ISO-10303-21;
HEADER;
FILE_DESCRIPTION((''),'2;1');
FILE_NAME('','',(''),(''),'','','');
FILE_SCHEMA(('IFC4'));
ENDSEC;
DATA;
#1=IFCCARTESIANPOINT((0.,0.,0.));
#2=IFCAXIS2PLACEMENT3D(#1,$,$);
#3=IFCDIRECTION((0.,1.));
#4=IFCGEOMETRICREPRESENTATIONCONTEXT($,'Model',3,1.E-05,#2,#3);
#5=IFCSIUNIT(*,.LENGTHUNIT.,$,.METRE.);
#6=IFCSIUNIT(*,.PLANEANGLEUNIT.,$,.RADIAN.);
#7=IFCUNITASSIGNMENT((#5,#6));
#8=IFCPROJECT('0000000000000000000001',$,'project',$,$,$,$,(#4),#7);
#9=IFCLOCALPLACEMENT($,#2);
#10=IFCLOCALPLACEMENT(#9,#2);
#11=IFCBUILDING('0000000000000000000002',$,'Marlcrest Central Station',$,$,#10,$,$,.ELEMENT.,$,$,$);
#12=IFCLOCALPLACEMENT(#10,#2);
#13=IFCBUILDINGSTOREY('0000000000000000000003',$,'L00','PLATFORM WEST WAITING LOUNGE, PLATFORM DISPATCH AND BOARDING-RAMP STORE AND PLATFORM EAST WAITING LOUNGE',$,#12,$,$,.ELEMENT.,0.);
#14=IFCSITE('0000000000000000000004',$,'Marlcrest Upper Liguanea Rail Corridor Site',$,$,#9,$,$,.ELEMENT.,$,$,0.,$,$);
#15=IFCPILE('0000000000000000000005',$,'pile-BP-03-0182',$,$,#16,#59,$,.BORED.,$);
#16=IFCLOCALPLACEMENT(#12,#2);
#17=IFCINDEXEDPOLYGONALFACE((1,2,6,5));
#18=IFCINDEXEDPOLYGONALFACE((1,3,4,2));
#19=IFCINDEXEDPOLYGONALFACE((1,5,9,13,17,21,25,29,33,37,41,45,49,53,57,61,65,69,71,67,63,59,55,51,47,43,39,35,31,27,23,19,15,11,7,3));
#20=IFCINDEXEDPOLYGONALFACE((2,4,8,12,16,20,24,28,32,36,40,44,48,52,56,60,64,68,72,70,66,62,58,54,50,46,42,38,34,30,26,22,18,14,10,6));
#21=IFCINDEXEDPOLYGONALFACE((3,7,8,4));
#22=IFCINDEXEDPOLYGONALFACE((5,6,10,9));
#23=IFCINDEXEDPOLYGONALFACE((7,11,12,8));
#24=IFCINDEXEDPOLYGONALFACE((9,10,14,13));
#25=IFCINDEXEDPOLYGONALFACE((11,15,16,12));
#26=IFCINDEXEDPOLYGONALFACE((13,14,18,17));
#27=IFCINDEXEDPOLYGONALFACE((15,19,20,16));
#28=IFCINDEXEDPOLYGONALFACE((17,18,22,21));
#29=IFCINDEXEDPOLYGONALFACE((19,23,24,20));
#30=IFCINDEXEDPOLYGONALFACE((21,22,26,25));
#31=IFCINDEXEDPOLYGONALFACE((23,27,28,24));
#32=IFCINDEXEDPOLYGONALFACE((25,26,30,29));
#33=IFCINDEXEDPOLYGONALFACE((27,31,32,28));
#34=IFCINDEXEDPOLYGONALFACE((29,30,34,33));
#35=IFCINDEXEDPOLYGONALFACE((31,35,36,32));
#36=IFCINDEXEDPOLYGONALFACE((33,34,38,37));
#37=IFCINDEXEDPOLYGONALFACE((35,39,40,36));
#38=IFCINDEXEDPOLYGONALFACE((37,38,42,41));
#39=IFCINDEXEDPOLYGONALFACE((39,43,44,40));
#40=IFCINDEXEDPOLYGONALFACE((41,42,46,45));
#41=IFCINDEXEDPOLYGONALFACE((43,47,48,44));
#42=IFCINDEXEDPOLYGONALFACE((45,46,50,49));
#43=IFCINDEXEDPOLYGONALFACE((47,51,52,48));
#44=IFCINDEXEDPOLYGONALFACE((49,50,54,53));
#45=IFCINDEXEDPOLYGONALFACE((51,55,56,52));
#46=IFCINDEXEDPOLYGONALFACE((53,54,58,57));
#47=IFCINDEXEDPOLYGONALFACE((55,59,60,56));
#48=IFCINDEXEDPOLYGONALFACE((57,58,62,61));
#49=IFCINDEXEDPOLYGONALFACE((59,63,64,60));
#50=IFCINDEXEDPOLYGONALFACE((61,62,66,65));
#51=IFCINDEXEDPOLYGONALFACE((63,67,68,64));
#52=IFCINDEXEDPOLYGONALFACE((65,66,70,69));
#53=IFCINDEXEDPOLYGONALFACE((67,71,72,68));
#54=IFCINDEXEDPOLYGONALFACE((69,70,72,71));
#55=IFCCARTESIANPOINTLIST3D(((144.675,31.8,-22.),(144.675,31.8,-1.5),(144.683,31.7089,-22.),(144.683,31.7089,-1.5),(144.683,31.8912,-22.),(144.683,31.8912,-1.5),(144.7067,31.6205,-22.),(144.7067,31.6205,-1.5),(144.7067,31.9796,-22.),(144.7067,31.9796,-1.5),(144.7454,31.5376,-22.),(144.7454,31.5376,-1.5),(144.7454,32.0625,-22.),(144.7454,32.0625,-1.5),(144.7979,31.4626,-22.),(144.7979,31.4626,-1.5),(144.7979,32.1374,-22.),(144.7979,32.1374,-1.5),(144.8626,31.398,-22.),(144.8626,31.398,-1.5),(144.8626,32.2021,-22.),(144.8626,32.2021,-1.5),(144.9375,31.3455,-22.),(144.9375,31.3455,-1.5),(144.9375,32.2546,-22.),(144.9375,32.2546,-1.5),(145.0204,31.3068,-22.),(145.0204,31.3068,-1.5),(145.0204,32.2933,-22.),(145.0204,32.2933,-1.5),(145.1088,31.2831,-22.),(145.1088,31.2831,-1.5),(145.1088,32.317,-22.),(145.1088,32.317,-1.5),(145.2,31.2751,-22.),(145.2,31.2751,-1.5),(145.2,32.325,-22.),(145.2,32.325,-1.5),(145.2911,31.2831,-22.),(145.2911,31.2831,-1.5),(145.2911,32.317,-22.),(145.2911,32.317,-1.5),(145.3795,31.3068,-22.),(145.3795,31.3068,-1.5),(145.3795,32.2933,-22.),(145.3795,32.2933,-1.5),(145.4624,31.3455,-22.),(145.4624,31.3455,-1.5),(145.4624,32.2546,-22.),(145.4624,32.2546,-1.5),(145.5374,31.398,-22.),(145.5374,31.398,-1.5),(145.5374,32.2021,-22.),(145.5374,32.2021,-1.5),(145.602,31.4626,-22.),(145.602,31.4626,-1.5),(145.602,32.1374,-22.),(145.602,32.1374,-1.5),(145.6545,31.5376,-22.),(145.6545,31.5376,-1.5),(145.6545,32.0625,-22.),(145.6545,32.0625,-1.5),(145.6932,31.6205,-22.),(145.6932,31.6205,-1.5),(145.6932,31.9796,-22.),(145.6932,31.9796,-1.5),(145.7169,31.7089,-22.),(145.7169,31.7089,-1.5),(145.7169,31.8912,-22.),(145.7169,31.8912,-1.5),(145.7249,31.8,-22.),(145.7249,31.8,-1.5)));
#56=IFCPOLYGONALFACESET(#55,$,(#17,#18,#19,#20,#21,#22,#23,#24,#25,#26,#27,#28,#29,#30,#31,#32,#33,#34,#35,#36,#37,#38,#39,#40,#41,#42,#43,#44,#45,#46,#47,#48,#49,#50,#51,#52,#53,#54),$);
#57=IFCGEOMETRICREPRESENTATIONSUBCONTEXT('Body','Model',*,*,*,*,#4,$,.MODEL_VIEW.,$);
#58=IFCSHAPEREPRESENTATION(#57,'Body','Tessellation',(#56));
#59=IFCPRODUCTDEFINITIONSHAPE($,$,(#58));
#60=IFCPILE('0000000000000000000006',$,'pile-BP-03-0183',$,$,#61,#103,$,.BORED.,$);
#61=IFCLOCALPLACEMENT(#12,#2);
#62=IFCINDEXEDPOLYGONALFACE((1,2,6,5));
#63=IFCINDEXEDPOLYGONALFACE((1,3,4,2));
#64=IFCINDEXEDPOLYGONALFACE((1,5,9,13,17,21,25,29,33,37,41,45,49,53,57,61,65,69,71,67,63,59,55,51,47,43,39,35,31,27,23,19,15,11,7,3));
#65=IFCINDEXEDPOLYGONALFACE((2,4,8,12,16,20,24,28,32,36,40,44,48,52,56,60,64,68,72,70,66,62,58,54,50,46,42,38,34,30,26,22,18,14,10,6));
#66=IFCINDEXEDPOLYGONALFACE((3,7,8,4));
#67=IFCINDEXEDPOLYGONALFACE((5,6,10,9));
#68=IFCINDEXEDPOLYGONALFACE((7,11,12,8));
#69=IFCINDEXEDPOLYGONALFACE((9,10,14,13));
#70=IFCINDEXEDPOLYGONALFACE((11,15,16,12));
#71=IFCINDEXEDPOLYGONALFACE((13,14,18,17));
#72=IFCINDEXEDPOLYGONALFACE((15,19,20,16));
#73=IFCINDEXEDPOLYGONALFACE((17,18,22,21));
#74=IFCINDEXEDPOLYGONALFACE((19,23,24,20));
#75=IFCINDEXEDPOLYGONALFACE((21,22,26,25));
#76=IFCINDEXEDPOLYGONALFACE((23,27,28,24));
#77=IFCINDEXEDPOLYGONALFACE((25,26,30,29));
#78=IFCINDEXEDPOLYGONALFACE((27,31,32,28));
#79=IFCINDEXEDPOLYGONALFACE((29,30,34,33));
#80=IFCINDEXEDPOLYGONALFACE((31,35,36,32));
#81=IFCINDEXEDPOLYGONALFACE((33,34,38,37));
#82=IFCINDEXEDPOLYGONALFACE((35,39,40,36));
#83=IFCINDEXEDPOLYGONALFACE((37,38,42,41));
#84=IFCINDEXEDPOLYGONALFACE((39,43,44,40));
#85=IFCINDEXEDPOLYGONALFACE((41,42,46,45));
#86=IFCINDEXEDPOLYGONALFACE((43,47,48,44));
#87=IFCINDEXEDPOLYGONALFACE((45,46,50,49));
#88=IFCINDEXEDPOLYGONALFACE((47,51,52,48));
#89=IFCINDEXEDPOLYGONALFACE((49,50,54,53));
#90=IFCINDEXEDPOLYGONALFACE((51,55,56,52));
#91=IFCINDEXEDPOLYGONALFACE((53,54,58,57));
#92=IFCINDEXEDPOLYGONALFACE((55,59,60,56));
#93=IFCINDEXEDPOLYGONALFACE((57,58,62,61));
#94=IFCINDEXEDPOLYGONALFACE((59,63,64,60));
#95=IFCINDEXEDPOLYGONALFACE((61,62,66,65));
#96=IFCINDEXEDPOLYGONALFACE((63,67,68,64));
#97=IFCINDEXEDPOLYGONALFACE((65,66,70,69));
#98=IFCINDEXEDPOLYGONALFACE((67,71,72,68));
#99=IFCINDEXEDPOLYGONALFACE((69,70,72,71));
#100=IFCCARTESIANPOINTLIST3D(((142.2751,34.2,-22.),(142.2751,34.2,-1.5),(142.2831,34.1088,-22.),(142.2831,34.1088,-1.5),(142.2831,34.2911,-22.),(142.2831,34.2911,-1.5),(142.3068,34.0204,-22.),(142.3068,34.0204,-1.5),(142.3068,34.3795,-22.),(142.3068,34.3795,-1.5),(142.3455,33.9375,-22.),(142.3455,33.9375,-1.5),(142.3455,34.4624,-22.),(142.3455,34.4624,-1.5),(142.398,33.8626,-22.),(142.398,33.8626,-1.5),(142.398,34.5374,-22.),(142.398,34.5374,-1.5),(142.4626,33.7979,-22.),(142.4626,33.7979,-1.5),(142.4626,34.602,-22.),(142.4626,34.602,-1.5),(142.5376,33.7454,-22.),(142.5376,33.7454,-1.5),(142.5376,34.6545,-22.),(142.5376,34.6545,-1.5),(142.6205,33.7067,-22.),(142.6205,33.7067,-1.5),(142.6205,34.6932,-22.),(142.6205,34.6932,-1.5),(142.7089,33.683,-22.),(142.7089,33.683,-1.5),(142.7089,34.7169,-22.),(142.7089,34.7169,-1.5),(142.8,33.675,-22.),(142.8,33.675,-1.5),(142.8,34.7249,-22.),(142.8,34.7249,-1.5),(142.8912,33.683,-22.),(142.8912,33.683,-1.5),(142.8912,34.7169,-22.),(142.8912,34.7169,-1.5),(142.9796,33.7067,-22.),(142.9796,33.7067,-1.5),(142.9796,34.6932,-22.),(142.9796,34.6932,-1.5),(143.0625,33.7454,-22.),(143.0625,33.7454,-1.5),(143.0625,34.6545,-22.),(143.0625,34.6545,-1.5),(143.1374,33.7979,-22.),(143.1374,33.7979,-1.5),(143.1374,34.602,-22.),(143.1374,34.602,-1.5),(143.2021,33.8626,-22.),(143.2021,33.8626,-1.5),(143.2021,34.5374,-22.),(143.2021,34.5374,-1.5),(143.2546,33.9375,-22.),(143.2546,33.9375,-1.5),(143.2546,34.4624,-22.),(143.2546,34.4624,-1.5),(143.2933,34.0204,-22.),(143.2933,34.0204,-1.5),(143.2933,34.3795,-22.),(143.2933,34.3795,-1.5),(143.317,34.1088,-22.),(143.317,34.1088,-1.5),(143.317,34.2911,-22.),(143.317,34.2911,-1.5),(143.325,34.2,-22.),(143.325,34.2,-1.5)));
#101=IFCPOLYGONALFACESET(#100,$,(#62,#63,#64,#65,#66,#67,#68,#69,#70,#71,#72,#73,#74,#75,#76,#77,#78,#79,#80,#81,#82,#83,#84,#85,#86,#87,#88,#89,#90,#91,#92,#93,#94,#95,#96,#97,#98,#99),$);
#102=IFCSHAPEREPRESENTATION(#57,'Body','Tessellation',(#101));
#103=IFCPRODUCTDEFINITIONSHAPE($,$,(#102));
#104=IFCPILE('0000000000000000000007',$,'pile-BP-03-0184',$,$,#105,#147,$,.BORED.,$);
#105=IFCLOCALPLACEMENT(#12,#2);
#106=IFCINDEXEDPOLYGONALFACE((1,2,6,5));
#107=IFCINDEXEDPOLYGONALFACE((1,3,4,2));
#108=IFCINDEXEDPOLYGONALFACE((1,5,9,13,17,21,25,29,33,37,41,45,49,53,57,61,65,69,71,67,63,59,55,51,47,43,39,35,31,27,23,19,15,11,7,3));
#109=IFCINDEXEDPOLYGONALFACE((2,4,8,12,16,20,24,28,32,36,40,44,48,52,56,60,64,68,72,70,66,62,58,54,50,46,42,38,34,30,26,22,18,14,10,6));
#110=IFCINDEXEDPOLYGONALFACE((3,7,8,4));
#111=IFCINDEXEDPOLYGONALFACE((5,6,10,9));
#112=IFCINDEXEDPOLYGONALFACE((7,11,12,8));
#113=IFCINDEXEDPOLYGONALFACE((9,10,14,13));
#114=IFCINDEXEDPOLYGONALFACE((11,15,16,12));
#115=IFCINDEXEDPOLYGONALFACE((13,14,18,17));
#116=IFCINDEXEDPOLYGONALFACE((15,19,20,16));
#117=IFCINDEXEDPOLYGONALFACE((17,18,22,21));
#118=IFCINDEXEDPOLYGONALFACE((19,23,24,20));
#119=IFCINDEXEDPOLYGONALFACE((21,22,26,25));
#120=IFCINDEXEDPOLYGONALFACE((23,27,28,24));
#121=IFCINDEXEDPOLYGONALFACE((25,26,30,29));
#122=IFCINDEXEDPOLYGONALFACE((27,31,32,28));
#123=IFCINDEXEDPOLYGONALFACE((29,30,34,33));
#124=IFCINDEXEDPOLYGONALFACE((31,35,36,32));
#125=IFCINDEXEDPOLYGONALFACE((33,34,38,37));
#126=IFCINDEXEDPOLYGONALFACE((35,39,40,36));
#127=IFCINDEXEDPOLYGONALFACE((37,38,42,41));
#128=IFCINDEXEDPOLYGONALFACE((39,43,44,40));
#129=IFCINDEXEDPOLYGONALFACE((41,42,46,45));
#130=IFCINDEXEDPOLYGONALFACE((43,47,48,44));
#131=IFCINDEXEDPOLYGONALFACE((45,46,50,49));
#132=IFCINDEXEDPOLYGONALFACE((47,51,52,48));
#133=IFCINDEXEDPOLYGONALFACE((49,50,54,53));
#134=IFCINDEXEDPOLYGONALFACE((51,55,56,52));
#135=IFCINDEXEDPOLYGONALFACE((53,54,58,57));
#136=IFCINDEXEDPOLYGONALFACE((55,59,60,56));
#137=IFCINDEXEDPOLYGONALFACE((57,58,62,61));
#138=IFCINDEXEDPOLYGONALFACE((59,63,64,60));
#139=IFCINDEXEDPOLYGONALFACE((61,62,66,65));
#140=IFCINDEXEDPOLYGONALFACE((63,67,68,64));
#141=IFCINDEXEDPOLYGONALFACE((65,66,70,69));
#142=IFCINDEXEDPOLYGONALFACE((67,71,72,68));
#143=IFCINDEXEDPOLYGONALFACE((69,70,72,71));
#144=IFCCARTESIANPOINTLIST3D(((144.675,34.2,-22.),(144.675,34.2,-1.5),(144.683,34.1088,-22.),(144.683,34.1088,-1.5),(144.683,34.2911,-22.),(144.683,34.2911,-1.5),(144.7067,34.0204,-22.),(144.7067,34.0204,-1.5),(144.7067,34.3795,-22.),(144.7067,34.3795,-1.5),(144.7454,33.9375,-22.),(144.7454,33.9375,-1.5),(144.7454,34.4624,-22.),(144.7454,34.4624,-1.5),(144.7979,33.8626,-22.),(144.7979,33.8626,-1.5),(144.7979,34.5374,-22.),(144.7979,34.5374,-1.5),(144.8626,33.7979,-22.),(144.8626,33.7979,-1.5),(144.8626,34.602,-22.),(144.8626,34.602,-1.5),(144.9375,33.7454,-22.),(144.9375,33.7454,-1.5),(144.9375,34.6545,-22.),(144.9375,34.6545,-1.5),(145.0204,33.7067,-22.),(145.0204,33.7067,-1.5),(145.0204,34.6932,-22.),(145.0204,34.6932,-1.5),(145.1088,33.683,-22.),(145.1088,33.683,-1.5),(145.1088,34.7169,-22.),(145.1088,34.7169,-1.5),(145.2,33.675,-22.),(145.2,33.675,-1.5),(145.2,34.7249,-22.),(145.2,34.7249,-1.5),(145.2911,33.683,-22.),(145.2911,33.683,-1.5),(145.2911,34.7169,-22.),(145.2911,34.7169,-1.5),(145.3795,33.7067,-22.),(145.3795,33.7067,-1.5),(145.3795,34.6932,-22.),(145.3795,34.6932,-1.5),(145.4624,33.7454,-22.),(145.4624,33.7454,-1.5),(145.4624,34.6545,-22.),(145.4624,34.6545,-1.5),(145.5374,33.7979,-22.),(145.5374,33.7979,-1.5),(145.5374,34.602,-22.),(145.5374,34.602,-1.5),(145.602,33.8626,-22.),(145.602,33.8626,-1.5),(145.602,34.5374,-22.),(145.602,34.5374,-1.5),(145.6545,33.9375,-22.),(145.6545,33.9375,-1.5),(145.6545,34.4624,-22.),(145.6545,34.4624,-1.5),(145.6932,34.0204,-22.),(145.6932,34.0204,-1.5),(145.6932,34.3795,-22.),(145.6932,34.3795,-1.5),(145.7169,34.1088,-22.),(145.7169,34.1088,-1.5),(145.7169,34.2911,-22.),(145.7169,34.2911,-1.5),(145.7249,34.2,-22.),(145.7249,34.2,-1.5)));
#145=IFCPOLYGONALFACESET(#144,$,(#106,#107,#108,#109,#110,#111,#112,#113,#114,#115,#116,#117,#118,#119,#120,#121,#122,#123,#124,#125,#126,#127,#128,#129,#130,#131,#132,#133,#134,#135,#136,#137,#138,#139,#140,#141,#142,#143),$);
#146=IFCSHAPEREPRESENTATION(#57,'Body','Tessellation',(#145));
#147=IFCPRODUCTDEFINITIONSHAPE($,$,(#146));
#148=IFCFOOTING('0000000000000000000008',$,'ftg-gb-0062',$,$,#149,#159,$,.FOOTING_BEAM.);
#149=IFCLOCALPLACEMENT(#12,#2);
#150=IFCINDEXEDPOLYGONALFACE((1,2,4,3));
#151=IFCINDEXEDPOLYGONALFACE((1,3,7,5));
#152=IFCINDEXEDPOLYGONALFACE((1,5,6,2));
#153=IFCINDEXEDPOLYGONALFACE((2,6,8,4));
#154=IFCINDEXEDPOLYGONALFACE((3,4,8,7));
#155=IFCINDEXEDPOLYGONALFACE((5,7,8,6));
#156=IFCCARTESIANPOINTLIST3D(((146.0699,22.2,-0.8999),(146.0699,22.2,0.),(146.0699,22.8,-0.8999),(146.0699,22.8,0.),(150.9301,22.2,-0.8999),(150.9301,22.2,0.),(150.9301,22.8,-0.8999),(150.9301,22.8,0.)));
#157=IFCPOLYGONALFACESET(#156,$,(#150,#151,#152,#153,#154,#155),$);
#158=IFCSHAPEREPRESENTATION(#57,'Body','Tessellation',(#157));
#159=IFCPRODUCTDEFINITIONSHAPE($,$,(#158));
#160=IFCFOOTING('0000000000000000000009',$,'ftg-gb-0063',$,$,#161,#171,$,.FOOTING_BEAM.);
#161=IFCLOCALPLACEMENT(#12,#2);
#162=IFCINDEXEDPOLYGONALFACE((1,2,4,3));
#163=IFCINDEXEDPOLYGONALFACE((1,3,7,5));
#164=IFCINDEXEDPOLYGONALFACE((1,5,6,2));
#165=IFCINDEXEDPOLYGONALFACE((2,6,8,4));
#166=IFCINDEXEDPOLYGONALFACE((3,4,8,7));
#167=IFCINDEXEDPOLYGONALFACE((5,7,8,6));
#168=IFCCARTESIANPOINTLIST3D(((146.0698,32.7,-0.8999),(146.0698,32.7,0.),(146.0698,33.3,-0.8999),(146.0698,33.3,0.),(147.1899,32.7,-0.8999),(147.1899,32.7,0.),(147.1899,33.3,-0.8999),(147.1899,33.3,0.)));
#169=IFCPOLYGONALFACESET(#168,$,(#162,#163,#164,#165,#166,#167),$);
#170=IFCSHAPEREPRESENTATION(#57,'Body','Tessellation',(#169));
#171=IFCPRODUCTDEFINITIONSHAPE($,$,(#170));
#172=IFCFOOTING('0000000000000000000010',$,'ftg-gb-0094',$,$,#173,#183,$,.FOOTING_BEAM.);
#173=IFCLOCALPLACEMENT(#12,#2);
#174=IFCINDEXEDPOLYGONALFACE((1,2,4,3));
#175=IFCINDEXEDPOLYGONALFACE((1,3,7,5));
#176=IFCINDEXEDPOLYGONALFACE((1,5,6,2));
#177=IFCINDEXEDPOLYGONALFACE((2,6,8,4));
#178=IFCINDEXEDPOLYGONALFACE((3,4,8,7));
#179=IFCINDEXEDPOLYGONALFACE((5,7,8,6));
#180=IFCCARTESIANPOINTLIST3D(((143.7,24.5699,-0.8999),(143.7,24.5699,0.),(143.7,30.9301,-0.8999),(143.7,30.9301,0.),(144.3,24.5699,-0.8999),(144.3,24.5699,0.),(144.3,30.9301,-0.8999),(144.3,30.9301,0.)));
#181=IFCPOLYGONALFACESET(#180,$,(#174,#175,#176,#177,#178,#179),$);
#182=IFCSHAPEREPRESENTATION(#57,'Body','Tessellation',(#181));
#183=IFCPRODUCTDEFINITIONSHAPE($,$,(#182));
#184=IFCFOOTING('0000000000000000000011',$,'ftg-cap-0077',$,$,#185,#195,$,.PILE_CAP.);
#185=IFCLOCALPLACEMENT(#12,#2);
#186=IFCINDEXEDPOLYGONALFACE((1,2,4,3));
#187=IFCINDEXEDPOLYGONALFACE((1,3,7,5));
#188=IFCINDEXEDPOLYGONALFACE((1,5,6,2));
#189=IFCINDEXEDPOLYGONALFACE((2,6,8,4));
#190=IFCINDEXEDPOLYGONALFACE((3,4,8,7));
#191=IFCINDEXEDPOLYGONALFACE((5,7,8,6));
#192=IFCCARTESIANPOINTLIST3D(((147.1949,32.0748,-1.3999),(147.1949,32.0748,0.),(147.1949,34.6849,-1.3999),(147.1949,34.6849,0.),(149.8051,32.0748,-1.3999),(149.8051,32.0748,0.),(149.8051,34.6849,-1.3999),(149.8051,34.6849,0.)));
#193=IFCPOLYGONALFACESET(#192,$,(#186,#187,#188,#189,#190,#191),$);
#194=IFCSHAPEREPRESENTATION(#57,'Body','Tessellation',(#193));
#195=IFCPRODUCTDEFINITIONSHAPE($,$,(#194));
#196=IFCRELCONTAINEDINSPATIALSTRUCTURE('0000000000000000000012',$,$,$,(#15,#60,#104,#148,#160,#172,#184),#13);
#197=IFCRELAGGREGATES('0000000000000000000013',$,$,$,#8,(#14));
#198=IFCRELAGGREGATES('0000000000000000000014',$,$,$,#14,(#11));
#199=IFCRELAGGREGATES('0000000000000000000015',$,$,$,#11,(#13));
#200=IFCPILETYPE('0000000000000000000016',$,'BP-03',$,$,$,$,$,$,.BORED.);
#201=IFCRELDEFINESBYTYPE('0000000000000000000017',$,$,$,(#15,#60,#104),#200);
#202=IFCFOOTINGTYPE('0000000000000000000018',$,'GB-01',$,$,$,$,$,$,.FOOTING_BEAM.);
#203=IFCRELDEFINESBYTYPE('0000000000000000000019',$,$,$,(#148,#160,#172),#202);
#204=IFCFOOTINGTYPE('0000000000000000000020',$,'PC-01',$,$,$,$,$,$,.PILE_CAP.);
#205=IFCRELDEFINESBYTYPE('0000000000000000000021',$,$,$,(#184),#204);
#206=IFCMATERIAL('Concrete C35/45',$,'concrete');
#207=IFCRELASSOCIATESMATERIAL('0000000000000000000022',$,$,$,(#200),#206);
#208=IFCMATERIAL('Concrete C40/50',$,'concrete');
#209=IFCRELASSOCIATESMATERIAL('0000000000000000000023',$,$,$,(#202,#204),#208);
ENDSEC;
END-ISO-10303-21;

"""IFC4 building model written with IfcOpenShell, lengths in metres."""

from ifc_helpers import new_model, si_unit, direction, frame, origin, origin_2d, place, context, subcontext, project, spatial, rectangle, circle, extrude, material, material_profile, profile_set, type_object, element, save


model = new_model("IFC4")

# Units and contexts
model_context = context("Model", 3, precision=1e-05, world=origin(), true_north=direction((0.0, 1.0)))
body_context = subcontext(model_context, "Body", "Model", "MODEL_VIEW")
ifc_project = project(units=[si_unit("LENGTHUNIT", "METRE"), si_unit("PLANEANGLEUNIT", "RADIAN")], contexts=[model_context])

# Site, building, storey
site_placement = place(None, origin())
site = spatial("IfcSite", under=ifc_project, at=site_placement, Name="Marlcrest Upper Liguanea Rail Corridor Site", CompositionType="ELEMENT", RefElevation=0.0)
building_placement = place(site_placement, origin())
building = spatial("IfcBuilding", under=site, at=building_placement, Name="Marlcrest Central Station", CompositionType="ELEMENT")
storey_placement = place(building_placement, origin())
storey = spatial("IfcBuildingStorey", under=building, at=storey_placement, Name="L00", Description="PLATFORM WEST WAITING LOUNGE, PLATFORM DISPATCH AND BOARDING-RAMP STORE AND PLATFORM EAST WAITING LOUNGE", CompositionType="ELEMENT", Elevation=0.0)

# Piles
ifc_material_1 = material(Name="Concrete C35/45", Category="concrete")
ifc_material_profile_1 = material_profile(ifc_material_1, circle(Radius=0.5249, at=origin_2d()), Name="PILE D1050")
ifc_profile_set_1 = profile_set([ifc_material_profile_1], Name="Concrete C35/45")
pile_type_1 = type_object("IfcPileType", Name="BP-03", PredefinedType="BORED", material=ifc_profile_set_1)
for number, where, z_axis, x_axis, name in (
    (1, (145.2, 31.8, -1.5), (0.0, 0.0, -1.0), (1.0, 0.0, 0.0), "pile-BP-03-0182"),
    (2, (142.8, 34.2, -1.5), (0.0, 0.0, -1.0), (1.0, 0.0, 0.0), "pile-BP-03-0183"),
    (3, (145.2, 34.2, -1.5), (0.0, 0.0, -1.0), (1.0, 0.0, 0.0), "pile-BP-03-0184"),
):
    element("IfcPile", number, at=place(storey_placement, frame(where, z_axis=z_axis, x_axis=x_axis)), inside=storey, type_object=pile_type_1, Name=name, PredefinedType="BORED", context=body_context, shape_type="SweptSolid", body=[
        extrude(circle(Radius=0.5249, at=origin_2d()), origin(), (0.0, 0.0, 1.0), 20.5),
    ])

# Footings
ifc_material_2 = material(Name="Concrete C40/50", Category="concrete")
footing_type_1 = type_object("IfcFootingType", Name="GB-01", PredefinedType="FOOTING_BEAM", material=ifc_material_2)
footing_1_placement = place(storey_placement, frame((148.5, 22.5, -0.8999), z_axis=(0.0, 0.0, 1.0), x_axis=(1.0, 0.0, 0.0)))
element("IfcFooting", 4, at=footing_1_placement, inside=storey, type_object=footing_type_1, Name="ftg-gb-0062", PredefinedType="FOOTING_BEAM", context=body_context, shape_type="SweptSolid", body=[
    extrude(rectangle(XDim=4.8601, YDim=0.6001, at=origin_2d()), origin(), (0.0, 0.0, 1.0), 0.8999),
])
footing_2_placement = place(storey_placement, frame((146.6299, 33.0, -0.8999), z_axis=(0.0, 0.0, 1.0), x_axis=(1.0, 0.0, 0.0)))
element("IfcFooting", 5, at=footing_2_placement, inside=storey, type_object=footing_type_1, Name="ftg-gb-0063", PredefinedType="FOOTING_BEAM", context=body_context, shape_type="SweptSolid", body=[
    extrude(rectangle(XDim=1.1201, YDim=0.6001, at=origin_2d()), origin(), (0.0, 0.0, 1.0), 0.8999),
])
footing_3_placement = place(storey_placement, frame((144.0, 27.75, -0.8999), z_axis=(0.0, 0.0, 1.0), x_axis=(1.0, 0.0, 0.0)))
element("IfcFooting", 6, at=footing_3_placement, inside=storey, type_object=footing_type_1, Name="ftg-gb-0094", PredefinedType="FOOTING_BEAM", context=body_context, shape_type="SweptSolid", body=[
    extrude(rectangle(XDim=0.6001, YDim=6.3601, at=origin_2d()), origin(), (0.0, 0.0, 1.0), 0.8999),
])
footing_type_2 = type_object("IfcFootingType", Name="PC-01", PredefinedType="PILE_CAP", material=ifc_material_2)
footing_4_placement = place(storey_placement, frame((148.5, 33.3799, -1.3999), z_axis=(0.0, 0.0, 1.0), x_axis=(1.0, 0.0, 0.0)))
element("IfcFooting", 7, at=footing_4_placement, inside=storey, type_object=footing_type_2, Name="ftg-cap-0077", PredefinedType="PILE_CAP", context=body_context, shape_type="SweptSolid", body=[
    extrude(rectangle(XDim=2.6101, YDim=2.6101, at=origin_2d()), origin(), (0.0, 0.0, 1.0), 1.3999),
])

save(model, "model.ifc")
